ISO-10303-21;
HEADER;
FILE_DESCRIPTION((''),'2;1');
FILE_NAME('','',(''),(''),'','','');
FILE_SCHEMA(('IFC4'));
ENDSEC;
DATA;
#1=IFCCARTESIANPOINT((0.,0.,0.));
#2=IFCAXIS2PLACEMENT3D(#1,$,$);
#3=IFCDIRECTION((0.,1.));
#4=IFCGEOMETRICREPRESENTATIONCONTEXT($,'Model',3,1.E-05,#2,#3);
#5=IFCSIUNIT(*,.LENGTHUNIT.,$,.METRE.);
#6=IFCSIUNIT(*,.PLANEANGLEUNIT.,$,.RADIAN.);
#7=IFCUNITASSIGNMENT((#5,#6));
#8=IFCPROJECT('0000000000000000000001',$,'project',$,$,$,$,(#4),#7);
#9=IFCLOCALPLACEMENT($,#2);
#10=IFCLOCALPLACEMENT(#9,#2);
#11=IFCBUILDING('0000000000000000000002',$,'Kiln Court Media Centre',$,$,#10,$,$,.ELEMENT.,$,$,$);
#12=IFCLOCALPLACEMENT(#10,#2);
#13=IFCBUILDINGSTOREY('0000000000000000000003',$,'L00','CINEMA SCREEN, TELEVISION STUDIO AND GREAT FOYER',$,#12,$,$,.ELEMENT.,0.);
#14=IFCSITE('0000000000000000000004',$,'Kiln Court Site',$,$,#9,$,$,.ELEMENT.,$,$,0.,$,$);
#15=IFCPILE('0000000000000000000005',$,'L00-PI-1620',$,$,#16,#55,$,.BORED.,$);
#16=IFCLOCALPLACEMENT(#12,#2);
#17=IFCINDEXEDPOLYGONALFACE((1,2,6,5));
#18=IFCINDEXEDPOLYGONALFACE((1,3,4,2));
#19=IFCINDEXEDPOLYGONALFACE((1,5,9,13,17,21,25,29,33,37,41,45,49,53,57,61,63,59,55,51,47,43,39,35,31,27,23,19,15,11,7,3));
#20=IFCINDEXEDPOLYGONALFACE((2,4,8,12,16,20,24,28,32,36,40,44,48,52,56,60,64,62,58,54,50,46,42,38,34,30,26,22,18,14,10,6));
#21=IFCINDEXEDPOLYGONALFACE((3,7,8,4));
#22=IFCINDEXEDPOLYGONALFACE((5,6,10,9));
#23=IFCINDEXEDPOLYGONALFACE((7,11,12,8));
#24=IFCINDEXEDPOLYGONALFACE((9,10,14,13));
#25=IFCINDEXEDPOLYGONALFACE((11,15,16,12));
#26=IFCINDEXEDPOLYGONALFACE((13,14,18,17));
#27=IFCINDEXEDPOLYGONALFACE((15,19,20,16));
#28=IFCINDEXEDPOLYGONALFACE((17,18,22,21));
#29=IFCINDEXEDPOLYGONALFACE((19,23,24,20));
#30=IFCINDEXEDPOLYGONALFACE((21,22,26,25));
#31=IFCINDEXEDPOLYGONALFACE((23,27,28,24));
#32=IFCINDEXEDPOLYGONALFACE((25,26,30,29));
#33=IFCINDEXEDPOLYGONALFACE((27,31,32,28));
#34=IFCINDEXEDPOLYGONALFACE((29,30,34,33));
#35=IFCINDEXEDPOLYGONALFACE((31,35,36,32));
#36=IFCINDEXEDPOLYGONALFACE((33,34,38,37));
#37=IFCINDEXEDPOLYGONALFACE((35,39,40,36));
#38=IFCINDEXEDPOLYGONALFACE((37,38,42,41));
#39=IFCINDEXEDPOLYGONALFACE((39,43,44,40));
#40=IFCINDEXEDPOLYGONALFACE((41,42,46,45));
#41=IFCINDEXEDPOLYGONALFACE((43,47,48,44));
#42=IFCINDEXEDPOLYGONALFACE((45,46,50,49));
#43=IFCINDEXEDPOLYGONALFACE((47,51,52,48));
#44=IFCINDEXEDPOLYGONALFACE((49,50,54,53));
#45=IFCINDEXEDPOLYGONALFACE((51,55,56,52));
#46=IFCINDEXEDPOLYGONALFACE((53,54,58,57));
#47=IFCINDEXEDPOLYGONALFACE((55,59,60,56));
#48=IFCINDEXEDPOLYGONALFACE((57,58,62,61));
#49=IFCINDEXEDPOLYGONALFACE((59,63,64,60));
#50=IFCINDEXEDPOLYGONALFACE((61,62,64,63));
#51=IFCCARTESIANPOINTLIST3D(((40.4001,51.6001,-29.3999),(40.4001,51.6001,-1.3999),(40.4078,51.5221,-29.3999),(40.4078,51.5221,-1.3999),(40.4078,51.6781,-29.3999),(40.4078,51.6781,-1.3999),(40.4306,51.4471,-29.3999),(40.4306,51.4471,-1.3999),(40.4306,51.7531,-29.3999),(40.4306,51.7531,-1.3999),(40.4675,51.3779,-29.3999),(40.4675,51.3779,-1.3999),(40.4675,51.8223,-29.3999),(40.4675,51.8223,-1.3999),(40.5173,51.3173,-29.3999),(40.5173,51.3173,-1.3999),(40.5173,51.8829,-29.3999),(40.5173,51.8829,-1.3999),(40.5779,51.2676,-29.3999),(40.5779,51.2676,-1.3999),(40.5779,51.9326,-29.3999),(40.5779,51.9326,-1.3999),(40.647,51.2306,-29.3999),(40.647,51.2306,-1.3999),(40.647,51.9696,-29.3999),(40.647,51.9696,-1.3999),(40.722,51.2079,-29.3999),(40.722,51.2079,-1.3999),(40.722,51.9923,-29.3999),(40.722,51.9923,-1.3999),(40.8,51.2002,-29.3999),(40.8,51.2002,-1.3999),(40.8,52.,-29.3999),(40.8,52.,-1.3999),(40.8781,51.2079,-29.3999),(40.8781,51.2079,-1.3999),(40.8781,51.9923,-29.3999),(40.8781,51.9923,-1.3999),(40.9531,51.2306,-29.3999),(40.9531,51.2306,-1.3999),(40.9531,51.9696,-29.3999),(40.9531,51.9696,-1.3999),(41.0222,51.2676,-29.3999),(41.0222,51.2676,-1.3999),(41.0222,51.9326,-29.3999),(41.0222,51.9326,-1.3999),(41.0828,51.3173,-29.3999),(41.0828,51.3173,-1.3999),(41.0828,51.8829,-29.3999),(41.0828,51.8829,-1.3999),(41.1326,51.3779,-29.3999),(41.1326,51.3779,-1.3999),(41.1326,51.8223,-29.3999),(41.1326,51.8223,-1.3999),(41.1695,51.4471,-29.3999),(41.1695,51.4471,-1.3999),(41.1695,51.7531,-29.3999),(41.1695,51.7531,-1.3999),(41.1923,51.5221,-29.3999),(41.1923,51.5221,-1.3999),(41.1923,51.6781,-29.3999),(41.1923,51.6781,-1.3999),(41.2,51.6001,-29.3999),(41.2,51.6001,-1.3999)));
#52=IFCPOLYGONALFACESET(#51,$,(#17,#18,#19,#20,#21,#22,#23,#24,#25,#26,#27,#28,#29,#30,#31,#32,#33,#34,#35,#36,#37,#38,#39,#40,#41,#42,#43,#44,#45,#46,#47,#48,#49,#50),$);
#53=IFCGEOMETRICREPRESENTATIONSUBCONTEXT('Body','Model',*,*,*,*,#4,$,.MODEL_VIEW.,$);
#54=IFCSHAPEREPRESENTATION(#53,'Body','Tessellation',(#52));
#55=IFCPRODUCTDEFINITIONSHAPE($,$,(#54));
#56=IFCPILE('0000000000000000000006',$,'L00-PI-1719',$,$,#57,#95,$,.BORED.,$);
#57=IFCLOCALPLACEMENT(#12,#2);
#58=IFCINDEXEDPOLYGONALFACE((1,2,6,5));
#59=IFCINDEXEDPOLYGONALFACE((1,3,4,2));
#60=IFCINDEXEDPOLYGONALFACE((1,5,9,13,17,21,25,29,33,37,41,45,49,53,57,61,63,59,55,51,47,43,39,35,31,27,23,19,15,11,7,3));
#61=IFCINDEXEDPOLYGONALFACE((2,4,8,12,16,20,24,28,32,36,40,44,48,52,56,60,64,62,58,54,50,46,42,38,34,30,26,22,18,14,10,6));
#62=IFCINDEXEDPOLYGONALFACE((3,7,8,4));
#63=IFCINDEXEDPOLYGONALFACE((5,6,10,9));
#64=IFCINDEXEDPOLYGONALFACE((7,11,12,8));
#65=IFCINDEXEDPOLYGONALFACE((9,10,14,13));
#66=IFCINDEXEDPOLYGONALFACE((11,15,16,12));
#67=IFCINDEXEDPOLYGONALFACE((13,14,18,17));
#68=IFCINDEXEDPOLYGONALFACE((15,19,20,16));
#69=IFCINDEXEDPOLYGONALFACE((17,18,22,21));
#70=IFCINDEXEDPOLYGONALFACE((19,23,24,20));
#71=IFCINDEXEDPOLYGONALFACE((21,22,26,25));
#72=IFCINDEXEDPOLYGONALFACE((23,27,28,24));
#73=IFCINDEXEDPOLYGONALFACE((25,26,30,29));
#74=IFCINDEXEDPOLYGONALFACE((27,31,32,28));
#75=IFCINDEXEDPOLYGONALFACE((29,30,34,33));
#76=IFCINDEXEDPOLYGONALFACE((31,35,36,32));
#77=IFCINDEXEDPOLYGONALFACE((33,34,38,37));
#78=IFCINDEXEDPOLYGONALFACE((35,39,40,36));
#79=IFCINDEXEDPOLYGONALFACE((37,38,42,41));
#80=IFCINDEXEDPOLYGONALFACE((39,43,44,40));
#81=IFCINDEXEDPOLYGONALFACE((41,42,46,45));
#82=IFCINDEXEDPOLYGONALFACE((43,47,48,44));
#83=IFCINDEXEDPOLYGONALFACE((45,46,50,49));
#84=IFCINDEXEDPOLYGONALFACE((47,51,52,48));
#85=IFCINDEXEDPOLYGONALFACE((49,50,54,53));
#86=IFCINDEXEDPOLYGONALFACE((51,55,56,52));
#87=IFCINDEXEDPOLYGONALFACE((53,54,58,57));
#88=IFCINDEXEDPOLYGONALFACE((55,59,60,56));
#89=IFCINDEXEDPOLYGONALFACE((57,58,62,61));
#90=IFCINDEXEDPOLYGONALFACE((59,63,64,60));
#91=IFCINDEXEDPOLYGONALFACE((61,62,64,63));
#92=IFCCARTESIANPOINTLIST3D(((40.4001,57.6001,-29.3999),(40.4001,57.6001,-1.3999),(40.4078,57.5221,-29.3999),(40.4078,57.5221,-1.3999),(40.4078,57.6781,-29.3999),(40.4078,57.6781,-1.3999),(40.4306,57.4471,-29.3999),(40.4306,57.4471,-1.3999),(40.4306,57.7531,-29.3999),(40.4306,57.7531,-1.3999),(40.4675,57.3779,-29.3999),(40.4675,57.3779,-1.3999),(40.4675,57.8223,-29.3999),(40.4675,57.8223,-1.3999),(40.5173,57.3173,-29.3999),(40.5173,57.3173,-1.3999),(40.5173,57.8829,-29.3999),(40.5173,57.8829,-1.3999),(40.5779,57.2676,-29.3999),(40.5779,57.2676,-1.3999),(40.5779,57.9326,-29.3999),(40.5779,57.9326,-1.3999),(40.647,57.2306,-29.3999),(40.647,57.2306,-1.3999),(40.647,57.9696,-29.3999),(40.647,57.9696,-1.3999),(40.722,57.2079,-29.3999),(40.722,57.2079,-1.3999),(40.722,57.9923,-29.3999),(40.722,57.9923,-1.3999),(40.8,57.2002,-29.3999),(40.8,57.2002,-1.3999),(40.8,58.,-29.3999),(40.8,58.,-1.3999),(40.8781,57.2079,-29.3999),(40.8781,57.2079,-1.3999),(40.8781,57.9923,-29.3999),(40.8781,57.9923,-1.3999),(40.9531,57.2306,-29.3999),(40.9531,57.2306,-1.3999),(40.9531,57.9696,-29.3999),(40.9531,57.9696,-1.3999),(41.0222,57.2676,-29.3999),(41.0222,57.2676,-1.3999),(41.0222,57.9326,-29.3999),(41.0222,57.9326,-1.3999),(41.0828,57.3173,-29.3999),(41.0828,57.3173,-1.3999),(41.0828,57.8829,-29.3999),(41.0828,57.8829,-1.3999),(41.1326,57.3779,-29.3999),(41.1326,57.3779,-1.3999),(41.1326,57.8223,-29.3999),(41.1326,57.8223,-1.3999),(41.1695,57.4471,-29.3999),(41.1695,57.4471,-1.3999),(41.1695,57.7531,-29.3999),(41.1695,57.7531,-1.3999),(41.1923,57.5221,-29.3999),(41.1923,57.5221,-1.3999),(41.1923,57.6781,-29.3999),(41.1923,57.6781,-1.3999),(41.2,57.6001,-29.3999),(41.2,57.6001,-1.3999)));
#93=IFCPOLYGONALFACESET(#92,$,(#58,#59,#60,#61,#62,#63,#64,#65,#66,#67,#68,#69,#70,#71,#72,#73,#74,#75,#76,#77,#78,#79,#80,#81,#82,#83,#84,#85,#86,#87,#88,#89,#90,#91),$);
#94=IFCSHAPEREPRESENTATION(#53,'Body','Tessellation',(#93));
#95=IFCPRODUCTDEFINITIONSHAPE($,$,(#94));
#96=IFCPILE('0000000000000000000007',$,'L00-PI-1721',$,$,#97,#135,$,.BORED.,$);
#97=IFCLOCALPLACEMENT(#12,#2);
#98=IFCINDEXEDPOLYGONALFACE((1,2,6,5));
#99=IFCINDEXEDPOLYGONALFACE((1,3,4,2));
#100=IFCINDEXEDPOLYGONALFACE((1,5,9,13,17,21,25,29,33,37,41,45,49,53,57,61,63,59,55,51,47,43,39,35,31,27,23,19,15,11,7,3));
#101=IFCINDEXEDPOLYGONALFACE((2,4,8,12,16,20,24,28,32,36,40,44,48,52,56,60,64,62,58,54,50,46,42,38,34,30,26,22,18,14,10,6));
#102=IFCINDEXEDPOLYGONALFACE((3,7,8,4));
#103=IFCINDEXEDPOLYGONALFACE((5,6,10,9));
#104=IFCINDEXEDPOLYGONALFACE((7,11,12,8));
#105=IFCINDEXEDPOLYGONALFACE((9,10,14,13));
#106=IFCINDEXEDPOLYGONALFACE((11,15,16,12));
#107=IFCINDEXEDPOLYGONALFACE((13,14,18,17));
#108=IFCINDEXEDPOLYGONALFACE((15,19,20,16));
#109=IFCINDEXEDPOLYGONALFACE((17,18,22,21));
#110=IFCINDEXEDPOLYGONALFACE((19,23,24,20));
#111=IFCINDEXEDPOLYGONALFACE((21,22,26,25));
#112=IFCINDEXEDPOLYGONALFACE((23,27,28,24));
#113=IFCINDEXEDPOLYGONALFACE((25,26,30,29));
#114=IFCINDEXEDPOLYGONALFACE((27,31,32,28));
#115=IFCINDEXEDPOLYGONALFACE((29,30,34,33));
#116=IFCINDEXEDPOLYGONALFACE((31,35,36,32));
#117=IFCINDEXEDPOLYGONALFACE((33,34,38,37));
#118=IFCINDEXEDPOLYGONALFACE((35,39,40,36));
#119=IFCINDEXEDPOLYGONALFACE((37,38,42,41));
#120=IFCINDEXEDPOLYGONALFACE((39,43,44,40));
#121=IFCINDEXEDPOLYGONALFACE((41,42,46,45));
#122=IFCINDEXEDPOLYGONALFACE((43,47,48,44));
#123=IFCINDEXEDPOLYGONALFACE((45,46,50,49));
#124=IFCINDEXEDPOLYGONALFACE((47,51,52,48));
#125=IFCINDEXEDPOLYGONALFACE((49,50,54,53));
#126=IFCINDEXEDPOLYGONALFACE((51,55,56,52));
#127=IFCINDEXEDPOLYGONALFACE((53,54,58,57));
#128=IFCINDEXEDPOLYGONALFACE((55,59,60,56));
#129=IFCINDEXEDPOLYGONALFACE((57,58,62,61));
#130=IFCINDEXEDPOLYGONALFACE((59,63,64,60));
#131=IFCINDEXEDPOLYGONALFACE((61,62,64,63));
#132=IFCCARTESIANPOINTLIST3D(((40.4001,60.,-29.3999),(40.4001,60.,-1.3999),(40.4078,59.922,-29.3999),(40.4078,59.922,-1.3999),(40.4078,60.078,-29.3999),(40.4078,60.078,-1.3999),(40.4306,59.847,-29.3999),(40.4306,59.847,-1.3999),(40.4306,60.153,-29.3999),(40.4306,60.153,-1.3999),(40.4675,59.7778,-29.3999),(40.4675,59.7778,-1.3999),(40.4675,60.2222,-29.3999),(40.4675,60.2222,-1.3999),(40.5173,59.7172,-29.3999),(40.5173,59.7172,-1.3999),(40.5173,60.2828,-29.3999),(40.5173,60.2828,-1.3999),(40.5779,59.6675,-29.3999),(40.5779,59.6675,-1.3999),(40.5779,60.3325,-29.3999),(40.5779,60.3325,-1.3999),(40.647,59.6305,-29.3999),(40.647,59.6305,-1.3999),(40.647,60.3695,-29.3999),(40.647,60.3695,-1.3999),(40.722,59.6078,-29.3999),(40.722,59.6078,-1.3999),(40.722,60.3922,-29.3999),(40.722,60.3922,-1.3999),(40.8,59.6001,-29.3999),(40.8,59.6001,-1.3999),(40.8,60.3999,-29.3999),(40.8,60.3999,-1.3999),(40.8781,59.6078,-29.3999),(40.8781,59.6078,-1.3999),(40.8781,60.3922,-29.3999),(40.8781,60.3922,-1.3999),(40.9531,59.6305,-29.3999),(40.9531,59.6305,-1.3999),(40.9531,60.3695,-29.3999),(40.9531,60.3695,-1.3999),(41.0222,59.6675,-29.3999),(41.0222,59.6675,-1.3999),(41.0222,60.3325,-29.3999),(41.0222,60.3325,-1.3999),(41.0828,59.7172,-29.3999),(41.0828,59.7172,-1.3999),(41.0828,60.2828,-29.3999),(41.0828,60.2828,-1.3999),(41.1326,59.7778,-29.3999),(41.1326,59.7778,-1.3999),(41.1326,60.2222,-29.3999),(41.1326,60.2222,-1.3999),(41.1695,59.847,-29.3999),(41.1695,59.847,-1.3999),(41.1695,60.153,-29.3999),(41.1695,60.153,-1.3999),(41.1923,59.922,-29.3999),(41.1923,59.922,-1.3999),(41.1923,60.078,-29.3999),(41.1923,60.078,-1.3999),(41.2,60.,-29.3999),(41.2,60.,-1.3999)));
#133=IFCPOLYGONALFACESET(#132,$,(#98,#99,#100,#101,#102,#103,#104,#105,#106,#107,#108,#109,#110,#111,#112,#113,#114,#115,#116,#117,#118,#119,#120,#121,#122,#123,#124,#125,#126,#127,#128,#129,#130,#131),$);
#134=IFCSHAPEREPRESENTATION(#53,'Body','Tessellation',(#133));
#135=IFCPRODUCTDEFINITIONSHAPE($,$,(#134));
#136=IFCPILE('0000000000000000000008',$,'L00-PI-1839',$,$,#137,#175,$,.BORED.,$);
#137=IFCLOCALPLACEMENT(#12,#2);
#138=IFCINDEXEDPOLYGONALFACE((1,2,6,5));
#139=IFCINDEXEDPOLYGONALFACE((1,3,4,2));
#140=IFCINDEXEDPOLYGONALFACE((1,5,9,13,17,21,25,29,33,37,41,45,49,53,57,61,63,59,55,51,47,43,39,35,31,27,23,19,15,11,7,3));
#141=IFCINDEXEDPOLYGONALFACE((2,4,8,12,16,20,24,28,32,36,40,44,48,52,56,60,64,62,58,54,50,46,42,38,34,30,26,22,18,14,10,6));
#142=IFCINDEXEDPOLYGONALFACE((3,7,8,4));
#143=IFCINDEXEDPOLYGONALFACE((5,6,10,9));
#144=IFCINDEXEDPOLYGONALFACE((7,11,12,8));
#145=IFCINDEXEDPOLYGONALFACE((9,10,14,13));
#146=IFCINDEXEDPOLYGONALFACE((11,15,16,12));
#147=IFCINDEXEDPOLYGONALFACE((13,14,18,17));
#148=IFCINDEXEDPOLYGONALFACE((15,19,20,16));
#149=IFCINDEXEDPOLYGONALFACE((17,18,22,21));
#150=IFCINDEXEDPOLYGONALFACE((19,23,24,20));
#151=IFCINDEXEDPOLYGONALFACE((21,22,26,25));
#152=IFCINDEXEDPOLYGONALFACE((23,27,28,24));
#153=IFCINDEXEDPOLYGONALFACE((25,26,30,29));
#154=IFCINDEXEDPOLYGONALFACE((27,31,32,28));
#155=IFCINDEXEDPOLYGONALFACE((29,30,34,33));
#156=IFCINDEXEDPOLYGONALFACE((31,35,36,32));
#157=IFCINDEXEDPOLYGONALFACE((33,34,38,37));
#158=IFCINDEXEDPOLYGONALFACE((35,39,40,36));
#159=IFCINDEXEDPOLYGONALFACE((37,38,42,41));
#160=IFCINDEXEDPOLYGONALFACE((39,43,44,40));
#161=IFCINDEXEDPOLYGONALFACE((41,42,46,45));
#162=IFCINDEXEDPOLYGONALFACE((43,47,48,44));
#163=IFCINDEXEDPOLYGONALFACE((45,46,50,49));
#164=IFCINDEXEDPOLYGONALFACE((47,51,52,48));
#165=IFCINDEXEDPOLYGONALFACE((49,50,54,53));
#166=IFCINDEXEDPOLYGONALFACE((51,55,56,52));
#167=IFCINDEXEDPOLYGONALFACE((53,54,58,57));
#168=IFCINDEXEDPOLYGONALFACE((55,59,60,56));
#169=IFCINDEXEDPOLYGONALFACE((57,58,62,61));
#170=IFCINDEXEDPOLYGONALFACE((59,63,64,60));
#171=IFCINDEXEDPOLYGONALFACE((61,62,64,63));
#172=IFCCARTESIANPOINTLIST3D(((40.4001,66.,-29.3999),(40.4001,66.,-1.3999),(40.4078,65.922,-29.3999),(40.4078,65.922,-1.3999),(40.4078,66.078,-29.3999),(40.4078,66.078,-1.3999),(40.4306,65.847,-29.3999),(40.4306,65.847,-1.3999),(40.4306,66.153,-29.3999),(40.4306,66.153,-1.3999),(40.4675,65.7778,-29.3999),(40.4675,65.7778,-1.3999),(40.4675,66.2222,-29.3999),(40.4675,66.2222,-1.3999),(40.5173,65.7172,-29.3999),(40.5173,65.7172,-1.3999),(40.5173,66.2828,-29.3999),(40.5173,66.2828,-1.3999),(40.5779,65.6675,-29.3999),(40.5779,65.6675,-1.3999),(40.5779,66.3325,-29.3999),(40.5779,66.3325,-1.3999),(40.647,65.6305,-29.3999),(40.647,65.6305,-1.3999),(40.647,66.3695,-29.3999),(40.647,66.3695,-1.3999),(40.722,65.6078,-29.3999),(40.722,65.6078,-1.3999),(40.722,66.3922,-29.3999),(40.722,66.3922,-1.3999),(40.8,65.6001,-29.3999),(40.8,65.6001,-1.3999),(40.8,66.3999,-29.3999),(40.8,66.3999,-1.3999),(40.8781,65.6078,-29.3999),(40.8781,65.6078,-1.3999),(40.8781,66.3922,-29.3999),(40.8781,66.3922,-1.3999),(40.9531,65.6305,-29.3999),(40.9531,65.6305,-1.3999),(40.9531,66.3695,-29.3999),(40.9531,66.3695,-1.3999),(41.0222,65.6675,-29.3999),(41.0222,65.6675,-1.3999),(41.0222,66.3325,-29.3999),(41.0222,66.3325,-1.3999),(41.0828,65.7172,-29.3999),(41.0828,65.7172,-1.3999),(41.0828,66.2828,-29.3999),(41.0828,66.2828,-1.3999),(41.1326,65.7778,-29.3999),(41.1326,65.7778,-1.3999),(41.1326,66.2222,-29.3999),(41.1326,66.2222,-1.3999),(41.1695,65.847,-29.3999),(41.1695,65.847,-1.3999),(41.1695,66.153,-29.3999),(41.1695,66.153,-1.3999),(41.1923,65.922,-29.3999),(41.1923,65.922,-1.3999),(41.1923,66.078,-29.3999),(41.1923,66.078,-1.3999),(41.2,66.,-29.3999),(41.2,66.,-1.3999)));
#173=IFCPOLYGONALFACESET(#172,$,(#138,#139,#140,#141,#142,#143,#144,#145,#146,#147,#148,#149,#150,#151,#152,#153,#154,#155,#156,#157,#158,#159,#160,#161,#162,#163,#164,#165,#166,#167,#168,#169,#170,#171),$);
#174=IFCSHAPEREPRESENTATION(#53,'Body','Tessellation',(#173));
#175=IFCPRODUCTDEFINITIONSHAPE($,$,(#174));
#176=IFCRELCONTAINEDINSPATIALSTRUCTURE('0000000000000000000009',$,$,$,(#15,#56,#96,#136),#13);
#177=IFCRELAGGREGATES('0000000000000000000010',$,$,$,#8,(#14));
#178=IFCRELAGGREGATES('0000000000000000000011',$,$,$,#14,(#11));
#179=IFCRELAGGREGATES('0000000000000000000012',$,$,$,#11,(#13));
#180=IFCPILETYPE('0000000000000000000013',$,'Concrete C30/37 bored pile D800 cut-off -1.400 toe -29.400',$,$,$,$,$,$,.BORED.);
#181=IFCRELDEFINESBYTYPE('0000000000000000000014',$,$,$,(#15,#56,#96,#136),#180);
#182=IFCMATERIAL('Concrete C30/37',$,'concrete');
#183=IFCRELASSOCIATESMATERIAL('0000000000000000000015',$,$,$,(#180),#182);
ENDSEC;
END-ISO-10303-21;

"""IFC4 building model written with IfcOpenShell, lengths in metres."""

from ifc_helpers import new_model, si_unit, direction, frame, origin, origin_2d, place, context, subcontext, project, spatial, circle, extrude, material, material_profile, profile_set, type_object, element, save


model = new_model("IFC4")

# Units and contexts
model_context = context("Model", 3, precision=1e-05, world=origin(), true_north=direction((0.0, 1.0)))
body_context = subcontext(model_context, "Body", "Model", "MODEL_VIEW")
ifc_project = project(units=[si_unit("LENGTHUNIT", "METRE"), si_unit("PLANEANGLEUNIT", "RADIAN")], contexts=[model_context])

# Site, building, storey
site_placement = place(None, origin())
site = spatial("IfcSite", under=ifc_project, at=site_placement, Name="Kiln Court Site", CompositionType="ELEMENT", RefElevation=0.0)
building_placement = place(site_placement, origin())
building = spatial("IfcBuilding", under=site, at=building_placement, Name="Kiln Court Media Centre", CompositionType="ELEMENT")
storey_placement = place(building_placement, origin())
storey = spatial("IfcBuildingStorey", under=building, at=storey_placement, Name="L00", Description="CINEMA SCREEN, TELEVISION STUDIO AND GREAT FOYER", CompositionType="ELEMENT", Elevation=0.0)

# Piles
ifc_material_1 = material(Name="Concrete C30/37", Category="concrete")
ifc_material_profile_1 = material_profile(ifc_material_1, circle(Radius=0.3999, at=origin_2d()), Name="PILE D800")
ifc_profile_set_1 = profile_set([ifc_material_profile_1], Name="Concrete C30/37")
pile_type_1 = type_object("IfcPileType", Name="Concrete C30/37 bored pile D800 cut-off -1.400 toe -29.400", PredefinedType="BORED", material=ifc_profile_set_1)
for number, where, z_axis, x_axis, name in (
    (1, (40.8, 51.6001, -1.3999), (0.0, 0.0, -1.0), (1.0, 0.0, 0.0), "L00-PI-1620"),
    (2, (40.8, 57.6001, -1.3999), (0.0, 0.0, -1.0), (1.0, 0.0, 0.0), "L00-PI-1719"),
    (3, (40.8, 60.0, -1.3999), (0.0, 0.0, -1.0), (1.0, 0.0, 0.0), "L00-PI-1721"),
    (4, (40.8, 66.0, -1.3999), (0.0, 0.0, -1.0), (1.0, 0.0, 0.0), "L00-PI-1839"),
):
    element("IfcPile", number, at=place(storey_placement, frame(where, z_axis=z_axis, x_axis=x_axis)), inside=storey, type_object=pile_type_1, Name=name, PredefinedType="BORED", context=body_context, shape_type="SweptSolid", body=[
        extrude(circle(Radius=0.3999, at=origin_2d()), origin(), (0.0, 0.0, 1.0), 28.0),
    ])

save(model, "model.ifc")
